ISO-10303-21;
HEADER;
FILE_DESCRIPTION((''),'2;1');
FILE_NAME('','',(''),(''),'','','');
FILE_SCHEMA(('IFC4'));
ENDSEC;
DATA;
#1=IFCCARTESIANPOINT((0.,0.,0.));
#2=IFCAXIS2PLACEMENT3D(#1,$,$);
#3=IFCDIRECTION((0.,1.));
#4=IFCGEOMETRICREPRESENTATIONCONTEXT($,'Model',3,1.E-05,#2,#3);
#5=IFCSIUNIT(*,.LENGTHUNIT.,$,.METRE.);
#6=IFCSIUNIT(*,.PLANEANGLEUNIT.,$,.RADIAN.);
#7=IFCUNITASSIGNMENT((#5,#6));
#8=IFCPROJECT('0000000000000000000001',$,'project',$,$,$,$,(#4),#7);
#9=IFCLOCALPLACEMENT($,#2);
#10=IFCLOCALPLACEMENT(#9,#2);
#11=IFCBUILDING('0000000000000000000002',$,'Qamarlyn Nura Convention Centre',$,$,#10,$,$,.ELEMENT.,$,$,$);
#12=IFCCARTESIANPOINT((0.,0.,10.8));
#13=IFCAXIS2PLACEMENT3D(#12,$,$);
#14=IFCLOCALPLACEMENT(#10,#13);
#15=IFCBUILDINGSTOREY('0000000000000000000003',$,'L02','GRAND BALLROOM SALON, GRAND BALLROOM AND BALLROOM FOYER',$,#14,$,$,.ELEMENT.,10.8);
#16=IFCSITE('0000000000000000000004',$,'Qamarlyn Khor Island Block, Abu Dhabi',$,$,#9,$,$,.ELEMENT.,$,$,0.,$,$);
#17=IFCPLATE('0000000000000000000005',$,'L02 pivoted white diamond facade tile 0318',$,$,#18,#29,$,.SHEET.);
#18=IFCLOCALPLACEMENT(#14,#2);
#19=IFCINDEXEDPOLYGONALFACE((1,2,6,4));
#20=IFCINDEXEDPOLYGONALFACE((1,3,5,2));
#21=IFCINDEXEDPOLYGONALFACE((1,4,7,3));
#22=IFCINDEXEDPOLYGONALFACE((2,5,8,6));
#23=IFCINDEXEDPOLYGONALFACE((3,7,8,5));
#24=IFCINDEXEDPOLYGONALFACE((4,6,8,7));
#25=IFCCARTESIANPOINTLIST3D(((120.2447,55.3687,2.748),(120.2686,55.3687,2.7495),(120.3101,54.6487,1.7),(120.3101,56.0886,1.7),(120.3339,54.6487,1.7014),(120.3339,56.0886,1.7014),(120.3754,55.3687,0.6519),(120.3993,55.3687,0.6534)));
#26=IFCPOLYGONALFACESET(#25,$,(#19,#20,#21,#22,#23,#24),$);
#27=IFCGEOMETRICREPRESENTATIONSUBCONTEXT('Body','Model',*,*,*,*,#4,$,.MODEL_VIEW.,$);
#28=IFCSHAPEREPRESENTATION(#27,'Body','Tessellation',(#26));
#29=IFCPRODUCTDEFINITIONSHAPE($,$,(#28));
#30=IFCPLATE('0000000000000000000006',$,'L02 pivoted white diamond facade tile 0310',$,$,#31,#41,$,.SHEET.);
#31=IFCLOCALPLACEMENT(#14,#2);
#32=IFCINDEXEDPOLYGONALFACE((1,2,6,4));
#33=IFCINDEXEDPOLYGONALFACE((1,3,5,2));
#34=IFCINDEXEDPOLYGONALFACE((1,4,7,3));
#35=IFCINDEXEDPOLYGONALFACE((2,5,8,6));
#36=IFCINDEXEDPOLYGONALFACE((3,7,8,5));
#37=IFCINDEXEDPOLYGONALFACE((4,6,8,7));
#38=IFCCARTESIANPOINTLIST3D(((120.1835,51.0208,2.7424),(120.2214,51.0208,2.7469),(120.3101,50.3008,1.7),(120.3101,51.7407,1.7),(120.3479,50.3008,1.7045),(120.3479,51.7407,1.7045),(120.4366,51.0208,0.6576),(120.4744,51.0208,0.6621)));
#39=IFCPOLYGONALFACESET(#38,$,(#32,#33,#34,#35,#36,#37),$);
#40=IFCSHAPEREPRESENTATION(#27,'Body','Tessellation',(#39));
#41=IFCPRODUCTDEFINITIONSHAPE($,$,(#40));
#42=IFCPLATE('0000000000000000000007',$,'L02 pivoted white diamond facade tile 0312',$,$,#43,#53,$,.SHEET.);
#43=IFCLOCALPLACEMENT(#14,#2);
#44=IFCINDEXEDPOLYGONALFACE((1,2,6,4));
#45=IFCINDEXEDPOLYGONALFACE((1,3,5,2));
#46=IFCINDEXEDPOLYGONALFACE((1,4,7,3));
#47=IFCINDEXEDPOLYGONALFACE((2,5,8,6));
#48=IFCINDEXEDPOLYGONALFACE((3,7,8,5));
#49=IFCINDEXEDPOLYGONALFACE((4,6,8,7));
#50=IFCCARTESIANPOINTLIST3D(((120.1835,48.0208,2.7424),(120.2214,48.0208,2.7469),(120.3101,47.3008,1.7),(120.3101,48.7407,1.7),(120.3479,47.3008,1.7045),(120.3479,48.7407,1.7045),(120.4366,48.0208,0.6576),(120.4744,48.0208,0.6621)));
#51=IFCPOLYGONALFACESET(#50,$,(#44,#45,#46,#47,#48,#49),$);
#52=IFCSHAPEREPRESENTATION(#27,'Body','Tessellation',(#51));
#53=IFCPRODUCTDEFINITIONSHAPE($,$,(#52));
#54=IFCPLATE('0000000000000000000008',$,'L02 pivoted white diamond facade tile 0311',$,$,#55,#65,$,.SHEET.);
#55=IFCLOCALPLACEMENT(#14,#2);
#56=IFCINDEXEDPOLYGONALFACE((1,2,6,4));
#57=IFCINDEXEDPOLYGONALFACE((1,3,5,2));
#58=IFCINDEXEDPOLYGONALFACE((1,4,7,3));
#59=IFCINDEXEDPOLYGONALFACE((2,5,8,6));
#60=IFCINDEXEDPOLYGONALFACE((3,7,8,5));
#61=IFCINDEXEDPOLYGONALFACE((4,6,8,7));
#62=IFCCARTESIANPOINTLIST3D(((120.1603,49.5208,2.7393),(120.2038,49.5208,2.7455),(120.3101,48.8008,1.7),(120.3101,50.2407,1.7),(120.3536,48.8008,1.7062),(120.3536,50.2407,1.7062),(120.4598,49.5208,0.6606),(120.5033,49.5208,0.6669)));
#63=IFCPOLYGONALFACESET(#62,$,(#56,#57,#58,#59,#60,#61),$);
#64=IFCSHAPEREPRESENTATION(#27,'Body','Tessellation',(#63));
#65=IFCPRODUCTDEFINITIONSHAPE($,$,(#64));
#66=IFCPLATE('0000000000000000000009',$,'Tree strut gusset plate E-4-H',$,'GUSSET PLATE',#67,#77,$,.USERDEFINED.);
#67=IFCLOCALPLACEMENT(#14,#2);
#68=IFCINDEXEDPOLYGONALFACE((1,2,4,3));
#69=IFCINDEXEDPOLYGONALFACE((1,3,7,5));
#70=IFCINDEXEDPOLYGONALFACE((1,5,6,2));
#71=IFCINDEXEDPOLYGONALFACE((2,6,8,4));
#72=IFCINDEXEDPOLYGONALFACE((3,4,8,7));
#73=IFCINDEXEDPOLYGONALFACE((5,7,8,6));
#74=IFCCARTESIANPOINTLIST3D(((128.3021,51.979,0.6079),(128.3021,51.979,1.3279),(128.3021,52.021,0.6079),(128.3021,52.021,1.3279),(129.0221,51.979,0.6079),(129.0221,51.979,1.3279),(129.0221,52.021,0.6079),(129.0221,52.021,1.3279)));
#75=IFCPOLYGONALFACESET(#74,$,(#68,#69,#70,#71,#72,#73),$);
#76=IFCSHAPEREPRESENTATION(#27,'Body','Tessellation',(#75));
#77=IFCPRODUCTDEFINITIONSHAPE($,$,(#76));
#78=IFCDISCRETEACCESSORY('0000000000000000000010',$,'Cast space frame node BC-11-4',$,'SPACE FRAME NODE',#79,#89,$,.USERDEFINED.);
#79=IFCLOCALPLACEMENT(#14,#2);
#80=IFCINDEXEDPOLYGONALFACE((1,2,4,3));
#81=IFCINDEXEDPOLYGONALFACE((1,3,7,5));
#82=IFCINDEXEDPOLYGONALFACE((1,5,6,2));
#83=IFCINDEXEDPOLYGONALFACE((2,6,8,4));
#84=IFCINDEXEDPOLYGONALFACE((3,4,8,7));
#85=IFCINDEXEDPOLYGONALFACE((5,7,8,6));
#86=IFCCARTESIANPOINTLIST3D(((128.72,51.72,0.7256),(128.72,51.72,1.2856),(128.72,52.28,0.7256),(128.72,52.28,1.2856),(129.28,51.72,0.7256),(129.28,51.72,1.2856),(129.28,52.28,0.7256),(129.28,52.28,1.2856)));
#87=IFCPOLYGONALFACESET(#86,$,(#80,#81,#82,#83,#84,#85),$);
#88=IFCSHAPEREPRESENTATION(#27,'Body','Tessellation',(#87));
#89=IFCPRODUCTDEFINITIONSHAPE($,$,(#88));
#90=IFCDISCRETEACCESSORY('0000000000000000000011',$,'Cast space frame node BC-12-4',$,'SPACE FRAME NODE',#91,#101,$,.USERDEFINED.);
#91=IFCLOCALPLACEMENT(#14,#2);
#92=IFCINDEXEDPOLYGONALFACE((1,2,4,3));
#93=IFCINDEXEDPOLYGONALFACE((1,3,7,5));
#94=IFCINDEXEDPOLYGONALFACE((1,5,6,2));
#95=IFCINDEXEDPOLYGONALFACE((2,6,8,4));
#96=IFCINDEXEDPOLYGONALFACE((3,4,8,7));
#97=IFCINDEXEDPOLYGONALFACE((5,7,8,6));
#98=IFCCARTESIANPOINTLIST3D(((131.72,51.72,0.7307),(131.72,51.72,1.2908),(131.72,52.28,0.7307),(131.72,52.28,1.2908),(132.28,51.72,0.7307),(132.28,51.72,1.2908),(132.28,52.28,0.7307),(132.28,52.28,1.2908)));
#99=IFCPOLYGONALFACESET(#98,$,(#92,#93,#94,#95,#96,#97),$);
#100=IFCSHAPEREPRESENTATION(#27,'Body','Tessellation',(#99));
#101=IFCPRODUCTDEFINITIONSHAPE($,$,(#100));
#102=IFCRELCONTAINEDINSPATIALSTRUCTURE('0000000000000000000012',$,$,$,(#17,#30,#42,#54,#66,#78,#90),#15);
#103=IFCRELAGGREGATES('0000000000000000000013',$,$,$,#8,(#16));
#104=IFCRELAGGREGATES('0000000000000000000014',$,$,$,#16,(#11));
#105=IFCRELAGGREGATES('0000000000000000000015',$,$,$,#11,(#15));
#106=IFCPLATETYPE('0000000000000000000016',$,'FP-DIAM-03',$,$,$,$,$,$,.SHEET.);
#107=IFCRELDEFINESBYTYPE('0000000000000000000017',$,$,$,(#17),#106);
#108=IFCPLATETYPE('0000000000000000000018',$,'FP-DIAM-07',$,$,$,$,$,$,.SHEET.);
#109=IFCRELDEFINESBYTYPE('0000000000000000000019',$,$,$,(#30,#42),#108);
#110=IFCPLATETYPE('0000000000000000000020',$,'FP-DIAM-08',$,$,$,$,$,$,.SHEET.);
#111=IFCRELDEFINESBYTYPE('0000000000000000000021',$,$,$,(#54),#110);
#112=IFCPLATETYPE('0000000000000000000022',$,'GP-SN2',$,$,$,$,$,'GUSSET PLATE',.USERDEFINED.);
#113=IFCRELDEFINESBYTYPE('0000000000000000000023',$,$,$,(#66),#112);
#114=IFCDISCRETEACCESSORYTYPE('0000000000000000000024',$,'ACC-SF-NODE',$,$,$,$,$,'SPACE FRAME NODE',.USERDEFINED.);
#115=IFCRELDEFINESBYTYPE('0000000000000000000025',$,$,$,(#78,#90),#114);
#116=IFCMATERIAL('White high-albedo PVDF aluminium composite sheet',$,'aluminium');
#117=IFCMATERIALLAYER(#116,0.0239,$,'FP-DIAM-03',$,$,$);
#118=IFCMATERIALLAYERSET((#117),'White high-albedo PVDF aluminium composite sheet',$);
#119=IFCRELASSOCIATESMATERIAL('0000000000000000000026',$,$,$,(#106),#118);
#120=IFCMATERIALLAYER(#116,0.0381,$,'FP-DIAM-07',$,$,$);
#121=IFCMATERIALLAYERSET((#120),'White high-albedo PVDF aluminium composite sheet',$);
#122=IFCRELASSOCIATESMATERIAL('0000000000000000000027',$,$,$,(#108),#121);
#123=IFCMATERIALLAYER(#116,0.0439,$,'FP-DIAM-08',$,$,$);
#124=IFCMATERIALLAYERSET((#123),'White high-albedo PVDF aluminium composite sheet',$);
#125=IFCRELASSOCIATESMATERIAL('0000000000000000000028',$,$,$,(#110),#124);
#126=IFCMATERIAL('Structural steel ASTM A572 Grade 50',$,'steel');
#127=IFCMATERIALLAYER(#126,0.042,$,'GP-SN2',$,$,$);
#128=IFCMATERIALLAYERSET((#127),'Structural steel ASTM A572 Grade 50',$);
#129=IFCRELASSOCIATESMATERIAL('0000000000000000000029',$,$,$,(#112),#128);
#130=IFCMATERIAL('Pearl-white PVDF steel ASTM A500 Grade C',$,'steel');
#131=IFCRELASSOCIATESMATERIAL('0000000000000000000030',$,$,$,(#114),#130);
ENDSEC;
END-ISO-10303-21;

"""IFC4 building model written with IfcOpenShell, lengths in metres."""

from ifc_helpers import new_model, si_unit, direction, frame, origin, origin_2d, place, context, subcontext, project, spatial, polyline, rectangle, outline, extrude, material, layer, layer_set, type_object, element, save


model = new_model("IFC4")

# Units and contexts
model_context = context("Model", 3, precision=1e-05, world=origin(), true_north=direction((0.0, 1.0)))
body_context = subcontext(model_context, "Body", "Model", "MODEL_VIEW")
ifc_project = project(units=[si_unit("LENGTHUNIT", "METRE"), si_unit("PLANEANGLEUNIT", "RADIAN")], contexts=[model_context])

# Site, building, storey
site_placement = place(None, origin())
site = spatial("IfcSite", under=ifc_project, at=site_placement, Name="Qamarlyn Khor Island Block, Abu Dhabi", CompositionType="ELEMENT", RefElevation=0.0)
building_placement = place(site_placement, origin())
building = spatial("IfcBuilding", under=site, at=building_placement, Name="Qamarlyn Nura Convention Centre", CompositionType="ELEMENT")
storey_placement = place(building_placement, frame((0.0, 0.0, 10.8)))
storey = spatial("IfcBuildingStorey", under=building, at=storey_placement, Name="L02", Description="GRAND BALLROOM SALON, GRAND BALLROOM AND BALLROOM FOYER", CompositionType="ELEMENT", Elevation=10.8)

# Shared definitions
ifc_material_1 = material(Name="Pearl-white PVDF steel ASTM A500 Grade C", Category="steel")

# Plates
ifc_material_2 = material(Name="White high-albedo PVDF aluminium composite sheet", Category="aluminium")
ifc_layer_1 = layer(ifc_material_2, 0.0239, Name="FP-DIAM-03")
ifc_layer_set_1 = layer_set([ifc_layer_1], Name="White high-albedo PVDF aluminium composite sheet")
plate_type_1 = type_object("IfcPlateType", Name="FP-DIAM-03", PredefinedType="SHEET", material=ifc_layer_set_1)
for number, where, z_axis, x_axis, name in (
    (1, (120.3101, 55.3687, 1.7), (0.998059, 0.0, 0.062268), (0.0, 1.0, 0.0), "L02 pivoted white diamond facade tile 0318"),
):
    element("IfcPlate", number, at=place(storey_placement, frame(where, z_axis=z_axis, x_axis=x_axis)), inside=storey, type_object=plate_type_1, Name=name, PredefinedType="SHEET", context=body_context, shape_type="SweptSolid", body=[
        extrude(outline(polyline([(-0.72, 0.0), (0.0, -1.05), (0.72, 0.0), (0.0, 1.05), (-0.72, 0.0)])), origin(), (0.0, 0.0, 1.0), 0.0239),
    ])
ifc_layer_2 = layer(ifc_material_2, 0.0381, Name="FP-DIAM-07")
ifc_layer_set_2 = layer_set([ifc_layer_2], Name="White high-albedo PVDF aluminium composite sheet")
plate_type_2 = type_object("IfcPlateType", Name="FP-DIAM-07", PredefinedType="SHEET", material=ifc_layer_set_2)
for number, where, z_axis, x_axis, name in (
    (2, (120.3101, 51.0208, 1.7), (0.992715, 0.0, 0.120483), (0.0, 1.0, 0.0), "L02 pivoted white diamond facade tile 0310"),
    (3, (120.3101, 48.0208, 1.7), (0.992715, 0.0, 0.120483), (0.0, 1.0, 0.0), "L02 pivoted white diamond facade tile 0312"),
):
    element("IfcPlate", number, at=place(storey_placement, frame(where, z_axis=z_axis, x_axis=x_axis)), inside=storey, type_object=plate_type_2, Name=name, PredefinedType="SHEET", context=body_context, shape_type="SweptSolid", body=[
        extrude(outline(polyline([(-0.72, 0.0), (0.0, -1.05), (0.72, 0.0), (0.0, 1.05), (-0.72, 0.0)])), origin(), (0.0, 0.0, 1.0), 0.0381),
    ])
ifc_layer_3 = layer(ifc_material_2, 0.0439, Name="FP-DIAM-08")
ifc_layer_set_3 = layer_set([ifc_layer_3], Name="White high-albedo PVDF aluminium composite sheet")
plate_type_3 = type_object("IfcPlateType", Name="FP-DIAM-08", PredefinedType="SHEET", material=ifc_layer_set_3)
plate_1_placement = place(storey_placement, frame((120.3101, 49.5208, 1.7), z_axis=(0.989776, 0.0, 0.142629), x_axis=(0.0, 1.0, 0.0)))
element("IfcPlate", 4, at=plate_1_placement, inside=storey, type_object=plate_type_3, Name="L02 pivoted white diamond facade tile 0311", PredefinedType="SHEET", context=body_context, shape_type="SweptSolid", body=[
    extrude(outline(polyline([(-0.72, 0.0), (0.0, -1.05), (0.72, 0.0), (0.0, 1.05), (-0.72, 0.0)])), origin(), (0.0, 0.0, 1.0), 0.0439),
])
ifc_material_3 = material(Name="Structural steel ASTM A572 Grade 50", Category="steel")
ifc_layer_4 = layer(ifc_material_3, 0.042, Name="GP-SN2")
ifc_layer_set_4 = layer_set([ifc_layer_4], Name="Structural steel ASTM A572 Grade 50")
plate_type_4 = type_object("IfcPlateType", Name="GP-SN2", ElementType="GUSSET PLATE", PredefinedType="USERDEFINED", material=ifc_layer_set_4)
plate_2_placement = place(storey_placement, frame((128.6621, 52.0, 0.6079), z_axis=(0.0, 0.0, 1.0), x_axis=(1.0, 0.0, 0.0)))
element("IfcPlate", 5, at=plate_2_placement, inside=storey, type_object=plate_type_4, Name="Tree strut gusset plate E-4-H", ObjectType="GUSSET PLATE", PredefinedType="USERDEFINED", context=body_context, shape_type="SweptSolid", body=[
    extrude(rectangle(XDim=0.72, YDim=0.042, at=origin_2d()), origin(), (0.0, 0.0, 1.0), 0.72),
])

# Discrete accessories
discrete_accessory_type = type_object("IfcDiscreteAccessoryType", Name="ACC-SF-NODE", ElementType="SPACE FRAME NODE", PredefinedType="USERDEFINED", material=ifc_material_1)
for number, where, z_axis, x_axis, name in (
    (6, (129.0, 52.0, 0.7256), (0.0, 0.0, 1.0), (1.0, 0.0, 0.0), "Cast space frame node BC-11-4"),
    (7, (132.0, 52.0, 0.7307), (0.0, 0.0, 1.0), (1.0, 0.0, 0.0), "Cast space frame node BC-12-4"),
):
    element("IfcDiscreteAccessory", number, at=place(storey_placement, frame(where, z_axis=z_axis, x_axis=x_axis)), inside=storey, type_object=discrete_accessory_type, Name=name, ObjectType="SPACE FRAME NODE", PredefinedType="USERDEFINED", context=body_context, shape_type="SweptSolid", body=[
        extrude(rectangle(XDim=0.5601, YDim=0.5601, at=origin_2d()), origin(), (0.0, 0.0, 1.0), 0.5601),
    ])

save(model, "model.ifc")
